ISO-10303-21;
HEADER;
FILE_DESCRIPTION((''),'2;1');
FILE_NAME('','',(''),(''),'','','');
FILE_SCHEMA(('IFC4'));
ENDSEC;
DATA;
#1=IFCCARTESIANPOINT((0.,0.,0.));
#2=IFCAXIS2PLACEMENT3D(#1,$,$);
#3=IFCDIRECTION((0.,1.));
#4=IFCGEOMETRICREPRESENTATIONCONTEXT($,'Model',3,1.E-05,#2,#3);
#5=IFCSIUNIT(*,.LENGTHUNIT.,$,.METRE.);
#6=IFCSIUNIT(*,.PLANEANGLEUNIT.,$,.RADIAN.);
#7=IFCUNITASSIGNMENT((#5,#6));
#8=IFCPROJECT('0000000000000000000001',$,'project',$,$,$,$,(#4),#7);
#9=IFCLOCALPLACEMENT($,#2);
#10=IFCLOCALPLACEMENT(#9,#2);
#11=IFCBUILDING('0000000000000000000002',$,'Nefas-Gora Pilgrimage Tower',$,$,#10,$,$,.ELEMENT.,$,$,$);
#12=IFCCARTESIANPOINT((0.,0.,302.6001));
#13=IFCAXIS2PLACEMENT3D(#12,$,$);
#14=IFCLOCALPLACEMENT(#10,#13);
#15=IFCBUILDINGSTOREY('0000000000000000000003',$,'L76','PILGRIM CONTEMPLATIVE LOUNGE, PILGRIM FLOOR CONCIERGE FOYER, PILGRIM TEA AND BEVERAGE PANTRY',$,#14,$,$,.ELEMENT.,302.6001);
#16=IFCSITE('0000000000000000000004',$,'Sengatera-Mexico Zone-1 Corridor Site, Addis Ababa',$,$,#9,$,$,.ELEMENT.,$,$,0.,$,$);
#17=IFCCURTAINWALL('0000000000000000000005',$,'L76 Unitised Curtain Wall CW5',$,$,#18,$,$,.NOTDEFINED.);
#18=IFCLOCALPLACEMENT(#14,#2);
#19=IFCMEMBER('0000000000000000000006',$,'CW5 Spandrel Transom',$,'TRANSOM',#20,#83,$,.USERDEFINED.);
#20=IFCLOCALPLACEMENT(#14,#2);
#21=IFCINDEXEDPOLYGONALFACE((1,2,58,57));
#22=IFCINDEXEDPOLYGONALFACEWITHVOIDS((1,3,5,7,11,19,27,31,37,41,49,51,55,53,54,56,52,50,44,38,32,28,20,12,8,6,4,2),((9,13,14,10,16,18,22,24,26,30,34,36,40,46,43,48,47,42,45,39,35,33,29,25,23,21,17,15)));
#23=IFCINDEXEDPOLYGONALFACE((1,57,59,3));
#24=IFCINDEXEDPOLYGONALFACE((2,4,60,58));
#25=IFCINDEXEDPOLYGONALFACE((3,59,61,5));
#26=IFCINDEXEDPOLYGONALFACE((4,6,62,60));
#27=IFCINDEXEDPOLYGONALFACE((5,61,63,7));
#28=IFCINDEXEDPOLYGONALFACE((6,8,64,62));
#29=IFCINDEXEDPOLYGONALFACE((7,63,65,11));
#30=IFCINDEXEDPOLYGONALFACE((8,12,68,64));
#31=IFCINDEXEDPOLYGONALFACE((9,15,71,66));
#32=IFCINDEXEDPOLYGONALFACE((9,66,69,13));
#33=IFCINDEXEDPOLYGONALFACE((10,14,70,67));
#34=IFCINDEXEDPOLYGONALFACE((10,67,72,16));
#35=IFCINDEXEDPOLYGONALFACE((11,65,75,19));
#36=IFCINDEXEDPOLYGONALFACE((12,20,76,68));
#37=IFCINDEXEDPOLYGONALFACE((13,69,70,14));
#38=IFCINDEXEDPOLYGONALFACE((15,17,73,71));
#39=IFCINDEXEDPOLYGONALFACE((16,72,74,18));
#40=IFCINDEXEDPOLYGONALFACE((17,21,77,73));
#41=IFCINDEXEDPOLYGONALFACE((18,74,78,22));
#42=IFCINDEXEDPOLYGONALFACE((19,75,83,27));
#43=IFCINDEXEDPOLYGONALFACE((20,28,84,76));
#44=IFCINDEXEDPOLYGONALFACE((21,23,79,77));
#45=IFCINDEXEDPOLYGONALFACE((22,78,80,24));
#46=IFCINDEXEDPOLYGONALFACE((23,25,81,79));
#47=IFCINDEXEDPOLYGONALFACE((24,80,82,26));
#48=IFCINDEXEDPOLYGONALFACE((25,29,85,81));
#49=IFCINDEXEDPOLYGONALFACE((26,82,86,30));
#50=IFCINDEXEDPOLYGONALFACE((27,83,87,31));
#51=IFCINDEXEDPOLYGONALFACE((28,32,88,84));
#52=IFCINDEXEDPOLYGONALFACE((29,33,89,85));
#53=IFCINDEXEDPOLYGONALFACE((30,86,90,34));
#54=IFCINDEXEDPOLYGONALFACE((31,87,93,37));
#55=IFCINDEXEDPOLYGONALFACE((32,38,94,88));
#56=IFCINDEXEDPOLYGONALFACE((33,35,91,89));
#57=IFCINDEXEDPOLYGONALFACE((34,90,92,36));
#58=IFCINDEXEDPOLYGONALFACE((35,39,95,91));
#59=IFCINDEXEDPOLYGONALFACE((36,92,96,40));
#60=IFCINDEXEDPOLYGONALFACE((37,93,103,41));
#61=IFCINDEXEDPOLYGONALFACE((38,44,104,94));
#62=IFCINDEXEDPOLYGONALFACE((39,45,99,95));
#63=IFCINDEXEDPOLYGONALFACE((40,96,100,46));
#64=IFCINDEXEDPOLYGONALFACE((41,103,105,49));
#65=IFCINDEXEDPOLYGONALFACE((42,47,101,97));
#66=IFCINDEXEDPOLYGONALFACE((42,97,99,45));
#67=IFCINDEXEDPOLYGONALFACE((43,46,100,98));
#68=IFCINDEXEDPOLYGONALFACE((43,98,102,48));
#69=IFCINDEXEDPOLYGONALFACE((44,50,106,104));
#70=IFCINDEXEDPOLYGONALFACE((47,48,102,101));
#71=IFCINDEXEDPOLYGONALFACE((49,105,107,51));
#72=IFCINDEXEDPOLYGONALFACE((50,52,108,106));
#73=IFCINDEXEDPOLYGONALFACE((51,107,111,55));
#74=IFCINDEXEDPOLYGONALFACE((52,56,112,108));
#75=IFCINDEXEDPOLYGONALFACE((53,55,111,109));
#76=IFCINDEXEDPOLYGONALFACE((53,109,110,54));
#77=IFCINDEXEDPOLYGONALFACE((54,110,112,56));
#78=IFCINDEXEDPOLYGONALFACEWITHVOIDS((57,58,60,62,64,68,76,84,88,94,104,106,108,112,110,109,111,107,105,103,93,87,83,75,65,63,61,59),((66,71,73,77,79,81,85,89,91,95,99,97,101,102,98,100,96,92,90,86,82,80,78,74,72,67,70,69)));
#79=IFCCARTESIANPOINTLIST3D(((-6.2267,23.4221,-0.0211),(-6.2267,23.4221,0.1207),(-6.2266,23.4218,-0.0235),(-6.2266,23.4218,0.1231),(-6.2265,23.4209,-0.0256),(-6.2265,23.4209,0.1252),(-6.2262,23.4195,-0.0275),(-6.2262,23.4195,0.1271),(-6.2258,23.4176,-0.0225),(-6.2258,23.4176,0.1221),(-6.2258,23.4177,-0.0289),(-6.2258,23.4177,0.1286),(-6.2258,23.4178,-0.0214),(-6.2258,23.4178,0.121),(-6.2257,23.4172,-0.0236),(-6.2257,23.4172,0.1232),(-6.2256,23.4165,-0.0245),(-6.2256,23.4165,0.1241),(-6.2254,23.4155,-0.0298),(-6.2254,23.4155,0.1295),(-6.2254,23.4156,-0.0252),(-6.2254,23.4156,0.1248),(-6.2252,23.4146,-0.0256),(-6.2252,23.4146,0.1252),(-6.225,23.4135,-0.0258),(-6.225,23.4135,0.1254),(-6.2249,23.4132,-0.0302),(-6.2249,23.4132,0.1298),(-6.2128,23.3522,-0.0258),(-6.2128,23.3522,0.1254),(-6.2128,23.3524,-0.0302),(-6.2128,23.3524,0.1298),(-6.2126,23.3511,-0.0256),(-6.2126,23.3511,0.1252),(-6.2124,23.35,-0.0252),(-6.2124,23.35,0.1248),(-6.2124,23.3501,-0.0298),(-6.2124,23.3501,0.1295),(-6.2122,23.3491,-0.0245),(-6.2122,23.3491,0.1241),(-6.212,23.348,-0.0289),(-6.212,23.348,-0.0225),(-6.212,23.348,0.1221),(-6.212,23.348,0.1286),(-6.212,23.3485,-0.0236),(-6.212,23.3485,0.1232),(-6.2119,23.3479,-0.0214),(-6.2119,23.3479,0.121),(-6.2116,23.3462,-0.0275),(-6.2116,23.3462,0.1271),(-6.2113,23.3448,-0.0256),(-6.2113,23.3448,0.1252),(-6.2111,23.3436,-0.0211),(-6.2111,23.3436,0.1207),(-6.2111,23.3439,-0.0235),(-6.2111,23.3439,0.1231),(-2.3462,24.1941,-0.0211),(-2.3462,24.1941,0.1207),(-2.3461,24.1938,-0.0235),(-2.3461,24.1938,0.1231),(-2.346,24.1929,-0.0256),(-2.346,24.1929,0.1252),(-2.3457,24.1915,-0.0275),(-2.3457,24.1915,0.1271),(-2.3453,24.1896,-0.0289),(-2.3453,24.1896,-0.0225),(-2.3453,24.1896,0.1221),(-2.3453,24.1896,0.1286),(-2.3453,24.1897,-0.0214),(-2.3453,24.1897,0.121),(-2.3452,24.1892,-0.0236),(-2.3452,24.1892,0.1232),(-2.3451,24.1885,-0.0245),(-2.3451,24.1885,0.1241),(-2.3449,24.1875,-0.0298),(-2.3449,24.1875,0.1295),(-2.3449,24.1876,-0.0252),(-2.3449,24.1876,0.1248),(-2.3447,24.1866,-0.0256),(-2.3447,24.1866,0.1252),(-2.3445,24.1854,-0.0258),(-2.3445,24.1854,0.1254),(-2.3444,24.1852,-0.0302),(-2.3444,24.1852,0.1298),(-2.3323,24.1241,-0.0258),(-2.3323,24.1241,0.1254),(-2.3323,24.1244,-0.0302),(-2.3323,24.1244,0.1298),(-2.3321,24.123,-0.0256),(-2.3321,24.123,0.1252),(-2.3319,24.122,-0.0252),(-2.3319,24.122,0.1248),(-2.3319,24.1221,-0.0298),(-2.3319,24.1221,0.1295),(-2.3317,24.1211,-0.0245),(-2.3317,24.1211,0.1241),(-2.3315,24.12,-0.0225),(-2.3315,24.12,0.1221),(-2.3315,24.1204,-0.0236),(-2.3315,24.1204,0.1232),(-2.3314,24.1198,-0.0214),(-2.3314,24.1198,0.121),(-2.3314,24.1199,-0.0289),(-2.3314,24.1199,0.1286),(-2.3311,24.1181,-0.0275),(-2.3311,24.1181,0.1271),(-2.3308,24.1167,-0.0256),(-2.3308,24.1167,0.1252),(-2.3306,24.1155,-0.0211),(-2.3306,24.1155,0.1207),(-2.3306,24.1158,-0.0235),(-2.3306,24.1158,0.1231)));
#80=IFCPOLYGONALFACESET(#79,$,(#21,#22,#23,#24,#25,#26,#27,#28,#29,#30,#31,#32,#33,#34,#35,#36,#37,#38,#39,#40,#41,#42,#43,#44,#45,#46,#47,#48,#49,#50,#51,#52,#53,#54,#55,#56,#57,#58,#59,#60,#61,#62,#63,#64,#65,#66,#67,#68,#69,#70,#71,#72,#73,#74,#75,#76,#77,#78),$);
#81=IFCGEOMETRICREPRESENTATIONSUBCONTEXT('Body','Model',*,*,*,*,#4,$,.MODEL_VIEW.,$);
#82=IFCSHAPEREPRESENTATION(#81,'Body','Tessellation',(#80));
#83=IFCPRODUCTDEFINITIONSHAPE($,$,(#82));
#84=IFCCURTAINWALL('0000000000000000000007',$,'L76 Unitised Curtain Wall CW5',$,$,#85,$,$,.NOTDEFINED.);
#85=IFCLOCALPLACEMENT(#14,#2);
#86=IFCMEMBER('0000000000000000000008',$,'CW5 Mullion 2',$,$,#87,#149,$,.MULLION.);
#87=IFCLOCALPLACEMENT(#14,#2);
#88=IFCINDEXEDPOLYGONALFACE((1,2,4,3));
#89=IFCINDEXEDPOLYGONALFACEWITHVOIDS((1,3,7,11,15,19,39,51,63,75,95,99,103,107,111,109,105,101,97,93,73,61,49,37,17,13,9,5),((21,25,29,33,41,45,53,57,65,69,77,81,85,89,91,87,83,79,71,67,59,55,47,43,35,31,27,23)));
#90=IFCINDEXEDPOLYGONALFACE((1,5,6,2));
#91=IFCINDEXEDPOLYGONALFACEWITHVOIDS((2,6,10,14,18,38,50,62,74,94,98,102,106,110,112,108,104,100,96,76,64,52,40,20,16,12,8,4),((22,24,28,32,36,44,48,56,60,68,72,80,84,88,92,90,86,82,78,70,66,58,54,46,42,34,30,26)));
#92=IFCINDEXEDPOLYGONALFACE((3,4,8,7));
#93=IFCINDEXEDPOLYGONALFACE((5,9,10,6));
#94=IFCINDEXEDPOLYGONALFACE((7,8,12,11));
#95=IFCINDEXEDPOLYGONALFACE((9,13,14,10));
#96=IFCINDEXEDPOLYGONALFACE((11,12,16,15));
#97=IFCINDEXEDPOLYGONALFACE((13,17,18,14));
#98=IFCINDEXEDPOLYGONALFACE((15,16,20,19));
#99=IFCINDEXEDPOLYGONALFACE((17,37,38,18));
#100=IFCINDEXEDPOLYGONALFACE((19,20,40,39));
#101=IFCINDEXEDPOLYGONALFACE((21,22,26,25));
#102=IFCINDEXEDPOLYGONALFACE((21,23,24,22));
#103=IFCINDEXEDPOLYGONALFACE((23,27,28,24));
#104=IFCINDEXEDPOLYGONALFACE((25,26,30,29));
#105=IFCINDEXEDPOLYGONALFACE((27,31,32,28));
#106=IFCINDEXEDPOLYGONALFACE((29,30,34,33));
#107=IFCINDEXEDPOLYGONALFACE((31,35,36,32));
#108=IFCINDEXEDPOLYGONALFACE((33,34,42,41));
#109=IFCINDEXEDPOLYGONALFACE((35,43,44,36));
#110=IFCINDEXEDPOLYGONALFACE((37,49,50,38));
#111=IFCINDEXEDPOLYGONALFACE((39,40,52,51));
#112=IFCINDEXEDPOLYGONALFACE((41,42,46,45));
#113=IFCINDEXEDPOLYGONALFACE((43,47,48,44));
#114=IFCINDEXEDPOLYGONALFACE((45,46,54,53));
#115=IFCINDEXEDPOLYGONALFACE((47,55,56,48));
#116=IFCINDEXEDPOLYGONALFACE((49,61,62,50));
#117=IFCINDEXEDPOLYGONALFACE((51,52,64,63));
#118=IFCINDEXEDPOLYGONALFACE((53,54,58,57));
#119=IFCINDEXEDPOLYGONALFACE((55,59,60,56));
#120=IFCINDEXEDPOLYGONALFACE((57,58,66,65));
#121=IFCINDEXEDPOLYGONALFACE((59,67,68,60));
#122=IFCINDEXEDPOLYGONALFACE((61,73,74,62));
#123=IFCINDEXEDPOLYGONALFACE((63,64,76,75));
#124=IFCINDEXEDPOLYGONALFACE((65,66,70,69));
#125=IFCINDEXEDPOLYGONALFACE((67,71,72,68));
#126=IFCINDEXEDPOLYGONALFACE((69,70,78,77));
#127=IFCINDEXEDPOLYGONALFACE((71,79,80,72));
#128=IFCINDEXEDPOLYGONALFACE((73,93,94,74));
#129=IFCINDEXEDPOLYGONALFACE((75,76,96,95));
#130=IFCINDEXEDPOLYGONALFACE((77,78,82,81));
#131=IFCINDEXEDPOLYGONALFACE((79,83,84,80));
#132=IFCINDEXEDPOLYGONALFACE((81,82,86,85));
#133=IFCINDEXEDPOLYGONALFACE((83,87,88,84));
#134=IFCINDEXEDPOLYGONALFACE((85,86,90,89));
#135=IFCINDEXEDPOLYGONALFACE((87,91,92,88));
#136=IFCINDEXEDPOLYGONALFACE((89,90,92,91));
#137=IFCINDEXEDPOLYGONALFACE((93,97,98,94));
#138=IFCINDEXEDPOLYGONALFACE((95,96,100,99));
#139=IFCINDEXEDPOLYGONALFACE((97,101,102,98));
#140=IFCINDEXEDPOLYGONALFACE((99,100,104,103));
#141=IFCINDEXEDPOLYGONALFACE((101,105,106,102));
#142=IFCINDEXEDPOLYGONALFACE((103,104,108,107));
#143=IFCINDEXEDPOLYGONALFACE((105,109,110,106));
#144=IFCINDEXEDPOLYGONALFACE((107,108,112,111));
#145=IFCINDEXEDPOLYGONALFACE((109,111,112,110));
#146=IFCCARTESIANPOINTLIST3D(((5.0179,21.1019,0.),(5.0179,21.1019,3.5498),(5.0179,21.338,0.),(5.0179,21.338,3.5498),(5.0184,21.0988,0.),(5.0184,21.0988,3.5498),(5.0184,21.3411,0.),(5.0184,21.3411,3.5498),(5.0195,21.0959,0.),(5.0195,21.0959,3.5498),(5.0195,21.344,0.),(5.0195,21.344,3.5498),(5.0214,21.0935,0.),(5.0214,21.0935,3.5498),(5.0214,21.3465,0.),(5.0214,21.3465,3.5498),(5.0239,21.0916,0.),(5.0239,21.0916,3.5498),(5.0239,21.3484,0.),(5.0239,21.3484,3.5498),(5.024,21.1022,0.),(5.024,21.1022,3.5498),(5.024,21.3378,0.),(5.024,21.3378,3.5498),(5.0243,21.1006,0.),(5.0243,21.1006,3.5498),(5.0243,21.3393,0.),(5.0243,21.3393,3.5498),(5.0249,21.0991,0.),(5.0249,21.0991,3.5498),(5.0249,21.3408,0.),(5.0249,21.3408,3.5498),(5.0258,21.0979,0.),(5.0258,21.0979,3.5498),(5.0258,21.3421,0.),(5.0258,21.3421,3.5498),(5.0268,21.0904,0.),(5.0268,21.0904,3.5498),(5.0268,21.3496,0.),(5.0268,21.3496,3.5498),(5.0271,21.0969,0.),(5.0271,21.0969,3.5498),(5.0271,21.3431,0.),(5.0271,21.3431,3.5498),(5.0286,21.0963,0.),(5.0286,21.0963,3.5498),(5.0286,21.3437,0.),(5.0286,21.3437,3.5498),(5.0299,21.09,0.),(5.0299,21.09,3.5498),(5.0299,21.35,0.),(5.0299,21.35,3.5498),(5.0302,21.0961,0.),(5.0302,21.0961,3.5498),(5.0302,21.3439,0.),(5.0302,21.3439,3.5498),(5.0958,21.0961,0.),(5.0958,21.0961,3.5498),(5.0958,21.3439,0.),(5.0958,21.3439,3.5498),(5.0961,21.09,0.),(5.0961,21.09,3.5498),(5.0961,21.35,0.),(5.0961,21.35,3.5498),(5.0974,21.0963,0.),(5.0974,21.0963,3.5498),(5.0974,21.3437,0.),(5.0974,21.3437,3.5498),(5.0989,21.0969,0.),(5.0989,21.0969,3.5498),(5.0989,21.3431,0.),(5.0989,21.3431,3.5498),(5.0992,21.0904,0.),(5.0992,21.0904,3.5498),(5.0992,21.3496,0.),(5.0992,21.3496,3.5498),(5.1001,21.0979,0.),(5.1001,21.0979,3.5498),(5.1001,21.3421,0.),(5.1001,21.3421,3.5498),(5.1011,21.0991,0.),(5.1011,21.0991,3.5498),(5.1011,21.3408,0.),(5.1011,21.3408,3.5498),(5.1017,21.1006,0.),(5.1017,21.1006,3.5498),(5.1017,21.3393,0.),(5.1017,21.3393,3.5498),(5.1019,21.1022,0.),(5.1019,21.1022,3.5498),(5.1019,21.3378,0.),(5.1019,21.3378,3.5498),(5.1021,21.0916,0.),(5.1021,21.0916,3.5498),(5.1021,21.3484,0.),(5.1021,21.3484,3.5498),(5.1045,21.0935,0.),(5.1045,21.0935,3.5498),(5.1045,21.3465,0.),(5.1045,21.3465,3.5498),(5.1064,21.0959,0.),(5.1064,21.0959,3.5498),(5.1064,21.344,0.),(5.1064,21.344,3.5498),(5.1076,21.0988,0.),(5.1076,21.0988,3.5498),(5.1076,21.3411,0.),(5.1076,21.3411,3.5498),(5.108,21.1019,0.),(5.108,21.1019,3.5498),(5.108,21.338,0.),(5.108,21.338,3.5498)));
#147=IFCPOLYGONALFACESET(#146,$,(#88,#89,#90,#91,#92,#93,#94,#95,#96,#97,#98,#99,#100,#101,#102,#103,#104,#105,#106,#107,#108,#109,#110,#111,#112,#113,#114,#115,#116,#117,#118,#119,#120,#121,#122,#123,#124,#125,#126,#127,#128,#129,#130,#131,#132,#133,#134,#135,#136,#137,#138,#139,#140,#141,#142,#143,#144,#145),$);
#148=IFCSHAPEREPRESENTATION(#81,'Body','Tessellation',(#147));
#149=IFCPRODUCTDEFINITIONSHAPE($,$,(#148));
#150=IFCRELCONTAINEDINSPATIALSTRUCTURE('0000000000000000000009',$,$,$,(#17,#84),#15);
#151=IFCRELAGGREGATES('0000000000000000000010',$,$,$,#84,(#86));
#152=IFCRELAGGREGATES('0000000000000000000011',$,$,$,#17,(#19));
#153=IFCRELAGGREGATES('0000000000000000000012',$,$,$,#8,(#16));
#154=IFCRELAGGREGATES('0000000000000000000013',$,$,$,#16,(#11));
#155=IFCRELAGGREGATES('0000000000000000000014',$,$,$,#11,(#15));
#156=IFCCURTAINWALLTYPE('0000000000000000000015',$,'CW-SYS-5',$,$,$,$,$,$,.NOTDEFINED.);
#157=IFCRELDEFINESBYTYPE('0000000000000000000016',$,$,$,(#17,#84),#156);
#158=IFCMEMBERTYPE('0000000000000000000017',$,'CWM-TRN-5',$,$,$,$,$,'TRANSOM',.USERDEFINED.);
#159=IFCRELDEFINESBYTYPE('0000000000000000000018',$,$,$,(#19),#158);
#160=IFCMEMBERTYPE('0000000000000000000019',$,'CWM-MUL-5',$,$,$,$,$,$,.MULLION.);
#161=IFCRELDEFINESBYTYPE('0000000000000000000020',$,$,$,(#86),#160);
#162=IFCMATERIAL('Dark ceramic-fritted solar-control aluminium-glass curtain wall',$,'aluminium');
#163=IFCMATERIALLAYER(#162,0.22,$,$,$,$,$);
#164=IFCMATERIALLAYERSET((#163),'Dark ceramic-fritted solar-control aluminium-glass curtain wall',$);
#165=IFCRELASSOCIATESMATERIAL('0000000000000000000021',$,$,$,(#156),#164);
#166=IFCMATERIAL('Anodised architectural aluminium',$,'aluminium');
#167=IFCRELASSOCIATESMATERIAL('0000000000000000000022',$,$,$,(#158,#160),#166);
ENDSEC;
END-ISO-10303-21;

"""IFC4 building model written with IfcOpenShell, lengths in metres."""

from ifc_helpers import new_model, si_unit, direction, frame, origin, origin_2d, place, context, subcontext, project, spatial, hollow_rectangle, extrude, source, transform, mapped, material, layer, layer_set, material_profile, profile_set, type_object, element, aggregate, save


model = new_model("IFC4")

# Units and contexts
model_context = context("Model", 3, precision=1e-05, world=origin(), true_north=direction((0.0, 1.0)))
body_context = subcontext(model_context, "Body", "Model", "MODEL_VIEW")
ifc_project = project(units=[si_unit("LENGTHUNIT", "METRE"), si_unit("PLANEANGLEUNIT", "RADIAN")], contexts=[model_context])

# Site, building, storey
site_placement = place(None, origin())
site = spatial("IfcSite", under=ifc_project, at=site_placement, Name="Sengatera-Mexico Zone-1 Corridor Site, Addis Ababa", CompositionType="ELEMENT", RefElevation=0.0)
building_placement = place(site_placement, origin())
building = spatial("IfcBuilding", under=site, at=building_placement, Name="Nefas-Gora Pilgrimage Tower", CompositionType="ELEMENT")
storey_placement = place(building_placement, frame((0.0, 0.0, 302.6001)))
storey = spatial("IfcBuildingStorey", under=building, at=storey_placement, Name="L76", Description="PILGRIM CONTEMPLATIVE LOUNGE, PILGRIM FLOOR CONCIERGE FOYER, PILGRIM TEA AND BEVERAGE PANTRY", CompositionType="ELEMENT", Elevation=302.6001)

# Curtain walls, members
ifc_material_1 = material(Name="Dark ceramic-fritted solar-control aluminium-glass curtain wall", Category="aluminium")
ifc_layer_1 = layer(ifc_material_1, 0.22)
ifc_layer_set_1 = layer_set([ifc_layer_1], Name="Dark ceramic-fritted solar-control aluminium-glass curtain wall")
curtain_wall_type = type_object("IfcCurtainWallType", Name="CW-SYS-5", PredefinedType="NOTDEFINED", material=ifc_layer_set_1)
curtain_wall_1_placement = place(storey_placement, origin())
curtain_wall_1 = element("IfcCurtainWall", 1, at=curtain_wall_1_placement, inside=storey, type_object=curtain_wall_type, Name="L76 Unitised Curtain Wall CW5", PredefinedType="NOTDEFINED")
ifc_material_2 = material(Name="Anodised architectural aluminium", Category="aluminium")
ifc_material_profile_1 = material_profile(ifc_material_2, hollow_rectangle(XDim=0.0801, YDim=0.1599, WallThickness=0.0044, InnerFilletRadius=0.0044, OuterFilletRadius=0.009, at=origin_2d()), Name="ALU TRANSOM 80x160")
ifc_profile_set_1 = profile_set([ifc_material_profile_1], Name="Anodised architectural aluminium")
member_type_1 = type_object("IfcMemberType", Name="CWM-TRN-5", ElementType="TRANSOM", PredefinedType="USERDEFINED", material=ifc_profile_set_1)
shared_shape_1 = source(origin(), body_context, "Body", "SweptSolid", [
    extrude(hollow_rectangle(XDim=0.0801, YDim=0.1599, WallThickness=0.0044, InnerFilletRadius=0.0044, OuterFilletRadius=0.009, at=origin_2d()), origin(), (0.0, 0.0, 1.0), 3.9565),
])
member_1_placement = place(storey_placement, frame((-2.3384, 24.1548, 0.0498), z_axis=(-0.980782, -0.195107, 0.0), x_axis=(0.195107, -0.980782, 0.0)))
member_1 = element("IfcMember", 2, at=member_1_placement, type_object=member_type_1, Name="CW5 Spandrel Transom", ObjectType="TRANSOM", PredefinedType="USERDEFINED", context=body_context, shape_type="MappedRepresentation", body=[
    mapped(shared_shape_1, transform((0.0, 0.0, 0.0), x_axis=(1.0, 0.0, 0.0), y_axis=(0.0, 1.0, 0.0), z_axis=(0.0, 0.0, 1.0), scale=1.0)),
])
curtain_wall_2_placement = place(storey_placement, origin())
curtain_wall_2 = element("IfcCurtainWall", 3, at=curtain_wall_2_placement, inside=storey, type_object=curtain_wall_type, Name="L76 Unitised Curtain Wall CW5", PredefinedType="NOTDEFINED")
ifc_material_profile_2 = material_profile(ifc_material_2, hollow_rectangle(XDim=0.0901, YDim=0.26, WallThickness=0.0061, InnerFilletRadius=0.0061, OuterFilletRadius=0.012, at=origin_2d()), Name="ALU MULLION 90x260")
ifc_profile_set_2 = profile_set([ifc_material_profile_2], Name="Anodised architectural aluminium")
member_type_2 = type_object("IfcMemberType", Name="CWM-MUL-5", PredefinedType="MULLION", material=ifc_profile_set_2)
shared_shape_2 = source(origin(), body_context, "Body", "SweptSolid", [
    extrude(hollow_rectangle(XDim=0.0901, YDim=0.26, WallThickness=0.0061, InnerFilletRadius=0.0061, OuterFilletRadius=0.012, at=origin_2d()), origin(), (0.0, 0.0, 1.0), 3.5498),
])
member_2_placement = place(storey_placement, frame((5.063, 21.22, 0.0), z_axis=(0.0, 0.0, 1.0), x_axis=(-1.0, 0.0, 0.0)))
member_2 = element("IfcMember", 4, at=member_2_placement, type_object=member_type_2, Name="CW5 Mullion 2", PredefinedType="MULLION", context=body_context, shape_type="MappedRepresentation", body=[
    mapped(shared_shape_2, transform((0.0, 0.0, 0.0), x_axis=(1.0, 0.0, 0.0), y_axis=(0.0, 1.0, 0.0), z_axis=(0.0, 0.0, 1.0), scale=1.0)),
])
aggregate(curtain_wall_2, [member_2])

aggregate(curtain_wall_1, [member_1])

save(model, "model.ifc")
